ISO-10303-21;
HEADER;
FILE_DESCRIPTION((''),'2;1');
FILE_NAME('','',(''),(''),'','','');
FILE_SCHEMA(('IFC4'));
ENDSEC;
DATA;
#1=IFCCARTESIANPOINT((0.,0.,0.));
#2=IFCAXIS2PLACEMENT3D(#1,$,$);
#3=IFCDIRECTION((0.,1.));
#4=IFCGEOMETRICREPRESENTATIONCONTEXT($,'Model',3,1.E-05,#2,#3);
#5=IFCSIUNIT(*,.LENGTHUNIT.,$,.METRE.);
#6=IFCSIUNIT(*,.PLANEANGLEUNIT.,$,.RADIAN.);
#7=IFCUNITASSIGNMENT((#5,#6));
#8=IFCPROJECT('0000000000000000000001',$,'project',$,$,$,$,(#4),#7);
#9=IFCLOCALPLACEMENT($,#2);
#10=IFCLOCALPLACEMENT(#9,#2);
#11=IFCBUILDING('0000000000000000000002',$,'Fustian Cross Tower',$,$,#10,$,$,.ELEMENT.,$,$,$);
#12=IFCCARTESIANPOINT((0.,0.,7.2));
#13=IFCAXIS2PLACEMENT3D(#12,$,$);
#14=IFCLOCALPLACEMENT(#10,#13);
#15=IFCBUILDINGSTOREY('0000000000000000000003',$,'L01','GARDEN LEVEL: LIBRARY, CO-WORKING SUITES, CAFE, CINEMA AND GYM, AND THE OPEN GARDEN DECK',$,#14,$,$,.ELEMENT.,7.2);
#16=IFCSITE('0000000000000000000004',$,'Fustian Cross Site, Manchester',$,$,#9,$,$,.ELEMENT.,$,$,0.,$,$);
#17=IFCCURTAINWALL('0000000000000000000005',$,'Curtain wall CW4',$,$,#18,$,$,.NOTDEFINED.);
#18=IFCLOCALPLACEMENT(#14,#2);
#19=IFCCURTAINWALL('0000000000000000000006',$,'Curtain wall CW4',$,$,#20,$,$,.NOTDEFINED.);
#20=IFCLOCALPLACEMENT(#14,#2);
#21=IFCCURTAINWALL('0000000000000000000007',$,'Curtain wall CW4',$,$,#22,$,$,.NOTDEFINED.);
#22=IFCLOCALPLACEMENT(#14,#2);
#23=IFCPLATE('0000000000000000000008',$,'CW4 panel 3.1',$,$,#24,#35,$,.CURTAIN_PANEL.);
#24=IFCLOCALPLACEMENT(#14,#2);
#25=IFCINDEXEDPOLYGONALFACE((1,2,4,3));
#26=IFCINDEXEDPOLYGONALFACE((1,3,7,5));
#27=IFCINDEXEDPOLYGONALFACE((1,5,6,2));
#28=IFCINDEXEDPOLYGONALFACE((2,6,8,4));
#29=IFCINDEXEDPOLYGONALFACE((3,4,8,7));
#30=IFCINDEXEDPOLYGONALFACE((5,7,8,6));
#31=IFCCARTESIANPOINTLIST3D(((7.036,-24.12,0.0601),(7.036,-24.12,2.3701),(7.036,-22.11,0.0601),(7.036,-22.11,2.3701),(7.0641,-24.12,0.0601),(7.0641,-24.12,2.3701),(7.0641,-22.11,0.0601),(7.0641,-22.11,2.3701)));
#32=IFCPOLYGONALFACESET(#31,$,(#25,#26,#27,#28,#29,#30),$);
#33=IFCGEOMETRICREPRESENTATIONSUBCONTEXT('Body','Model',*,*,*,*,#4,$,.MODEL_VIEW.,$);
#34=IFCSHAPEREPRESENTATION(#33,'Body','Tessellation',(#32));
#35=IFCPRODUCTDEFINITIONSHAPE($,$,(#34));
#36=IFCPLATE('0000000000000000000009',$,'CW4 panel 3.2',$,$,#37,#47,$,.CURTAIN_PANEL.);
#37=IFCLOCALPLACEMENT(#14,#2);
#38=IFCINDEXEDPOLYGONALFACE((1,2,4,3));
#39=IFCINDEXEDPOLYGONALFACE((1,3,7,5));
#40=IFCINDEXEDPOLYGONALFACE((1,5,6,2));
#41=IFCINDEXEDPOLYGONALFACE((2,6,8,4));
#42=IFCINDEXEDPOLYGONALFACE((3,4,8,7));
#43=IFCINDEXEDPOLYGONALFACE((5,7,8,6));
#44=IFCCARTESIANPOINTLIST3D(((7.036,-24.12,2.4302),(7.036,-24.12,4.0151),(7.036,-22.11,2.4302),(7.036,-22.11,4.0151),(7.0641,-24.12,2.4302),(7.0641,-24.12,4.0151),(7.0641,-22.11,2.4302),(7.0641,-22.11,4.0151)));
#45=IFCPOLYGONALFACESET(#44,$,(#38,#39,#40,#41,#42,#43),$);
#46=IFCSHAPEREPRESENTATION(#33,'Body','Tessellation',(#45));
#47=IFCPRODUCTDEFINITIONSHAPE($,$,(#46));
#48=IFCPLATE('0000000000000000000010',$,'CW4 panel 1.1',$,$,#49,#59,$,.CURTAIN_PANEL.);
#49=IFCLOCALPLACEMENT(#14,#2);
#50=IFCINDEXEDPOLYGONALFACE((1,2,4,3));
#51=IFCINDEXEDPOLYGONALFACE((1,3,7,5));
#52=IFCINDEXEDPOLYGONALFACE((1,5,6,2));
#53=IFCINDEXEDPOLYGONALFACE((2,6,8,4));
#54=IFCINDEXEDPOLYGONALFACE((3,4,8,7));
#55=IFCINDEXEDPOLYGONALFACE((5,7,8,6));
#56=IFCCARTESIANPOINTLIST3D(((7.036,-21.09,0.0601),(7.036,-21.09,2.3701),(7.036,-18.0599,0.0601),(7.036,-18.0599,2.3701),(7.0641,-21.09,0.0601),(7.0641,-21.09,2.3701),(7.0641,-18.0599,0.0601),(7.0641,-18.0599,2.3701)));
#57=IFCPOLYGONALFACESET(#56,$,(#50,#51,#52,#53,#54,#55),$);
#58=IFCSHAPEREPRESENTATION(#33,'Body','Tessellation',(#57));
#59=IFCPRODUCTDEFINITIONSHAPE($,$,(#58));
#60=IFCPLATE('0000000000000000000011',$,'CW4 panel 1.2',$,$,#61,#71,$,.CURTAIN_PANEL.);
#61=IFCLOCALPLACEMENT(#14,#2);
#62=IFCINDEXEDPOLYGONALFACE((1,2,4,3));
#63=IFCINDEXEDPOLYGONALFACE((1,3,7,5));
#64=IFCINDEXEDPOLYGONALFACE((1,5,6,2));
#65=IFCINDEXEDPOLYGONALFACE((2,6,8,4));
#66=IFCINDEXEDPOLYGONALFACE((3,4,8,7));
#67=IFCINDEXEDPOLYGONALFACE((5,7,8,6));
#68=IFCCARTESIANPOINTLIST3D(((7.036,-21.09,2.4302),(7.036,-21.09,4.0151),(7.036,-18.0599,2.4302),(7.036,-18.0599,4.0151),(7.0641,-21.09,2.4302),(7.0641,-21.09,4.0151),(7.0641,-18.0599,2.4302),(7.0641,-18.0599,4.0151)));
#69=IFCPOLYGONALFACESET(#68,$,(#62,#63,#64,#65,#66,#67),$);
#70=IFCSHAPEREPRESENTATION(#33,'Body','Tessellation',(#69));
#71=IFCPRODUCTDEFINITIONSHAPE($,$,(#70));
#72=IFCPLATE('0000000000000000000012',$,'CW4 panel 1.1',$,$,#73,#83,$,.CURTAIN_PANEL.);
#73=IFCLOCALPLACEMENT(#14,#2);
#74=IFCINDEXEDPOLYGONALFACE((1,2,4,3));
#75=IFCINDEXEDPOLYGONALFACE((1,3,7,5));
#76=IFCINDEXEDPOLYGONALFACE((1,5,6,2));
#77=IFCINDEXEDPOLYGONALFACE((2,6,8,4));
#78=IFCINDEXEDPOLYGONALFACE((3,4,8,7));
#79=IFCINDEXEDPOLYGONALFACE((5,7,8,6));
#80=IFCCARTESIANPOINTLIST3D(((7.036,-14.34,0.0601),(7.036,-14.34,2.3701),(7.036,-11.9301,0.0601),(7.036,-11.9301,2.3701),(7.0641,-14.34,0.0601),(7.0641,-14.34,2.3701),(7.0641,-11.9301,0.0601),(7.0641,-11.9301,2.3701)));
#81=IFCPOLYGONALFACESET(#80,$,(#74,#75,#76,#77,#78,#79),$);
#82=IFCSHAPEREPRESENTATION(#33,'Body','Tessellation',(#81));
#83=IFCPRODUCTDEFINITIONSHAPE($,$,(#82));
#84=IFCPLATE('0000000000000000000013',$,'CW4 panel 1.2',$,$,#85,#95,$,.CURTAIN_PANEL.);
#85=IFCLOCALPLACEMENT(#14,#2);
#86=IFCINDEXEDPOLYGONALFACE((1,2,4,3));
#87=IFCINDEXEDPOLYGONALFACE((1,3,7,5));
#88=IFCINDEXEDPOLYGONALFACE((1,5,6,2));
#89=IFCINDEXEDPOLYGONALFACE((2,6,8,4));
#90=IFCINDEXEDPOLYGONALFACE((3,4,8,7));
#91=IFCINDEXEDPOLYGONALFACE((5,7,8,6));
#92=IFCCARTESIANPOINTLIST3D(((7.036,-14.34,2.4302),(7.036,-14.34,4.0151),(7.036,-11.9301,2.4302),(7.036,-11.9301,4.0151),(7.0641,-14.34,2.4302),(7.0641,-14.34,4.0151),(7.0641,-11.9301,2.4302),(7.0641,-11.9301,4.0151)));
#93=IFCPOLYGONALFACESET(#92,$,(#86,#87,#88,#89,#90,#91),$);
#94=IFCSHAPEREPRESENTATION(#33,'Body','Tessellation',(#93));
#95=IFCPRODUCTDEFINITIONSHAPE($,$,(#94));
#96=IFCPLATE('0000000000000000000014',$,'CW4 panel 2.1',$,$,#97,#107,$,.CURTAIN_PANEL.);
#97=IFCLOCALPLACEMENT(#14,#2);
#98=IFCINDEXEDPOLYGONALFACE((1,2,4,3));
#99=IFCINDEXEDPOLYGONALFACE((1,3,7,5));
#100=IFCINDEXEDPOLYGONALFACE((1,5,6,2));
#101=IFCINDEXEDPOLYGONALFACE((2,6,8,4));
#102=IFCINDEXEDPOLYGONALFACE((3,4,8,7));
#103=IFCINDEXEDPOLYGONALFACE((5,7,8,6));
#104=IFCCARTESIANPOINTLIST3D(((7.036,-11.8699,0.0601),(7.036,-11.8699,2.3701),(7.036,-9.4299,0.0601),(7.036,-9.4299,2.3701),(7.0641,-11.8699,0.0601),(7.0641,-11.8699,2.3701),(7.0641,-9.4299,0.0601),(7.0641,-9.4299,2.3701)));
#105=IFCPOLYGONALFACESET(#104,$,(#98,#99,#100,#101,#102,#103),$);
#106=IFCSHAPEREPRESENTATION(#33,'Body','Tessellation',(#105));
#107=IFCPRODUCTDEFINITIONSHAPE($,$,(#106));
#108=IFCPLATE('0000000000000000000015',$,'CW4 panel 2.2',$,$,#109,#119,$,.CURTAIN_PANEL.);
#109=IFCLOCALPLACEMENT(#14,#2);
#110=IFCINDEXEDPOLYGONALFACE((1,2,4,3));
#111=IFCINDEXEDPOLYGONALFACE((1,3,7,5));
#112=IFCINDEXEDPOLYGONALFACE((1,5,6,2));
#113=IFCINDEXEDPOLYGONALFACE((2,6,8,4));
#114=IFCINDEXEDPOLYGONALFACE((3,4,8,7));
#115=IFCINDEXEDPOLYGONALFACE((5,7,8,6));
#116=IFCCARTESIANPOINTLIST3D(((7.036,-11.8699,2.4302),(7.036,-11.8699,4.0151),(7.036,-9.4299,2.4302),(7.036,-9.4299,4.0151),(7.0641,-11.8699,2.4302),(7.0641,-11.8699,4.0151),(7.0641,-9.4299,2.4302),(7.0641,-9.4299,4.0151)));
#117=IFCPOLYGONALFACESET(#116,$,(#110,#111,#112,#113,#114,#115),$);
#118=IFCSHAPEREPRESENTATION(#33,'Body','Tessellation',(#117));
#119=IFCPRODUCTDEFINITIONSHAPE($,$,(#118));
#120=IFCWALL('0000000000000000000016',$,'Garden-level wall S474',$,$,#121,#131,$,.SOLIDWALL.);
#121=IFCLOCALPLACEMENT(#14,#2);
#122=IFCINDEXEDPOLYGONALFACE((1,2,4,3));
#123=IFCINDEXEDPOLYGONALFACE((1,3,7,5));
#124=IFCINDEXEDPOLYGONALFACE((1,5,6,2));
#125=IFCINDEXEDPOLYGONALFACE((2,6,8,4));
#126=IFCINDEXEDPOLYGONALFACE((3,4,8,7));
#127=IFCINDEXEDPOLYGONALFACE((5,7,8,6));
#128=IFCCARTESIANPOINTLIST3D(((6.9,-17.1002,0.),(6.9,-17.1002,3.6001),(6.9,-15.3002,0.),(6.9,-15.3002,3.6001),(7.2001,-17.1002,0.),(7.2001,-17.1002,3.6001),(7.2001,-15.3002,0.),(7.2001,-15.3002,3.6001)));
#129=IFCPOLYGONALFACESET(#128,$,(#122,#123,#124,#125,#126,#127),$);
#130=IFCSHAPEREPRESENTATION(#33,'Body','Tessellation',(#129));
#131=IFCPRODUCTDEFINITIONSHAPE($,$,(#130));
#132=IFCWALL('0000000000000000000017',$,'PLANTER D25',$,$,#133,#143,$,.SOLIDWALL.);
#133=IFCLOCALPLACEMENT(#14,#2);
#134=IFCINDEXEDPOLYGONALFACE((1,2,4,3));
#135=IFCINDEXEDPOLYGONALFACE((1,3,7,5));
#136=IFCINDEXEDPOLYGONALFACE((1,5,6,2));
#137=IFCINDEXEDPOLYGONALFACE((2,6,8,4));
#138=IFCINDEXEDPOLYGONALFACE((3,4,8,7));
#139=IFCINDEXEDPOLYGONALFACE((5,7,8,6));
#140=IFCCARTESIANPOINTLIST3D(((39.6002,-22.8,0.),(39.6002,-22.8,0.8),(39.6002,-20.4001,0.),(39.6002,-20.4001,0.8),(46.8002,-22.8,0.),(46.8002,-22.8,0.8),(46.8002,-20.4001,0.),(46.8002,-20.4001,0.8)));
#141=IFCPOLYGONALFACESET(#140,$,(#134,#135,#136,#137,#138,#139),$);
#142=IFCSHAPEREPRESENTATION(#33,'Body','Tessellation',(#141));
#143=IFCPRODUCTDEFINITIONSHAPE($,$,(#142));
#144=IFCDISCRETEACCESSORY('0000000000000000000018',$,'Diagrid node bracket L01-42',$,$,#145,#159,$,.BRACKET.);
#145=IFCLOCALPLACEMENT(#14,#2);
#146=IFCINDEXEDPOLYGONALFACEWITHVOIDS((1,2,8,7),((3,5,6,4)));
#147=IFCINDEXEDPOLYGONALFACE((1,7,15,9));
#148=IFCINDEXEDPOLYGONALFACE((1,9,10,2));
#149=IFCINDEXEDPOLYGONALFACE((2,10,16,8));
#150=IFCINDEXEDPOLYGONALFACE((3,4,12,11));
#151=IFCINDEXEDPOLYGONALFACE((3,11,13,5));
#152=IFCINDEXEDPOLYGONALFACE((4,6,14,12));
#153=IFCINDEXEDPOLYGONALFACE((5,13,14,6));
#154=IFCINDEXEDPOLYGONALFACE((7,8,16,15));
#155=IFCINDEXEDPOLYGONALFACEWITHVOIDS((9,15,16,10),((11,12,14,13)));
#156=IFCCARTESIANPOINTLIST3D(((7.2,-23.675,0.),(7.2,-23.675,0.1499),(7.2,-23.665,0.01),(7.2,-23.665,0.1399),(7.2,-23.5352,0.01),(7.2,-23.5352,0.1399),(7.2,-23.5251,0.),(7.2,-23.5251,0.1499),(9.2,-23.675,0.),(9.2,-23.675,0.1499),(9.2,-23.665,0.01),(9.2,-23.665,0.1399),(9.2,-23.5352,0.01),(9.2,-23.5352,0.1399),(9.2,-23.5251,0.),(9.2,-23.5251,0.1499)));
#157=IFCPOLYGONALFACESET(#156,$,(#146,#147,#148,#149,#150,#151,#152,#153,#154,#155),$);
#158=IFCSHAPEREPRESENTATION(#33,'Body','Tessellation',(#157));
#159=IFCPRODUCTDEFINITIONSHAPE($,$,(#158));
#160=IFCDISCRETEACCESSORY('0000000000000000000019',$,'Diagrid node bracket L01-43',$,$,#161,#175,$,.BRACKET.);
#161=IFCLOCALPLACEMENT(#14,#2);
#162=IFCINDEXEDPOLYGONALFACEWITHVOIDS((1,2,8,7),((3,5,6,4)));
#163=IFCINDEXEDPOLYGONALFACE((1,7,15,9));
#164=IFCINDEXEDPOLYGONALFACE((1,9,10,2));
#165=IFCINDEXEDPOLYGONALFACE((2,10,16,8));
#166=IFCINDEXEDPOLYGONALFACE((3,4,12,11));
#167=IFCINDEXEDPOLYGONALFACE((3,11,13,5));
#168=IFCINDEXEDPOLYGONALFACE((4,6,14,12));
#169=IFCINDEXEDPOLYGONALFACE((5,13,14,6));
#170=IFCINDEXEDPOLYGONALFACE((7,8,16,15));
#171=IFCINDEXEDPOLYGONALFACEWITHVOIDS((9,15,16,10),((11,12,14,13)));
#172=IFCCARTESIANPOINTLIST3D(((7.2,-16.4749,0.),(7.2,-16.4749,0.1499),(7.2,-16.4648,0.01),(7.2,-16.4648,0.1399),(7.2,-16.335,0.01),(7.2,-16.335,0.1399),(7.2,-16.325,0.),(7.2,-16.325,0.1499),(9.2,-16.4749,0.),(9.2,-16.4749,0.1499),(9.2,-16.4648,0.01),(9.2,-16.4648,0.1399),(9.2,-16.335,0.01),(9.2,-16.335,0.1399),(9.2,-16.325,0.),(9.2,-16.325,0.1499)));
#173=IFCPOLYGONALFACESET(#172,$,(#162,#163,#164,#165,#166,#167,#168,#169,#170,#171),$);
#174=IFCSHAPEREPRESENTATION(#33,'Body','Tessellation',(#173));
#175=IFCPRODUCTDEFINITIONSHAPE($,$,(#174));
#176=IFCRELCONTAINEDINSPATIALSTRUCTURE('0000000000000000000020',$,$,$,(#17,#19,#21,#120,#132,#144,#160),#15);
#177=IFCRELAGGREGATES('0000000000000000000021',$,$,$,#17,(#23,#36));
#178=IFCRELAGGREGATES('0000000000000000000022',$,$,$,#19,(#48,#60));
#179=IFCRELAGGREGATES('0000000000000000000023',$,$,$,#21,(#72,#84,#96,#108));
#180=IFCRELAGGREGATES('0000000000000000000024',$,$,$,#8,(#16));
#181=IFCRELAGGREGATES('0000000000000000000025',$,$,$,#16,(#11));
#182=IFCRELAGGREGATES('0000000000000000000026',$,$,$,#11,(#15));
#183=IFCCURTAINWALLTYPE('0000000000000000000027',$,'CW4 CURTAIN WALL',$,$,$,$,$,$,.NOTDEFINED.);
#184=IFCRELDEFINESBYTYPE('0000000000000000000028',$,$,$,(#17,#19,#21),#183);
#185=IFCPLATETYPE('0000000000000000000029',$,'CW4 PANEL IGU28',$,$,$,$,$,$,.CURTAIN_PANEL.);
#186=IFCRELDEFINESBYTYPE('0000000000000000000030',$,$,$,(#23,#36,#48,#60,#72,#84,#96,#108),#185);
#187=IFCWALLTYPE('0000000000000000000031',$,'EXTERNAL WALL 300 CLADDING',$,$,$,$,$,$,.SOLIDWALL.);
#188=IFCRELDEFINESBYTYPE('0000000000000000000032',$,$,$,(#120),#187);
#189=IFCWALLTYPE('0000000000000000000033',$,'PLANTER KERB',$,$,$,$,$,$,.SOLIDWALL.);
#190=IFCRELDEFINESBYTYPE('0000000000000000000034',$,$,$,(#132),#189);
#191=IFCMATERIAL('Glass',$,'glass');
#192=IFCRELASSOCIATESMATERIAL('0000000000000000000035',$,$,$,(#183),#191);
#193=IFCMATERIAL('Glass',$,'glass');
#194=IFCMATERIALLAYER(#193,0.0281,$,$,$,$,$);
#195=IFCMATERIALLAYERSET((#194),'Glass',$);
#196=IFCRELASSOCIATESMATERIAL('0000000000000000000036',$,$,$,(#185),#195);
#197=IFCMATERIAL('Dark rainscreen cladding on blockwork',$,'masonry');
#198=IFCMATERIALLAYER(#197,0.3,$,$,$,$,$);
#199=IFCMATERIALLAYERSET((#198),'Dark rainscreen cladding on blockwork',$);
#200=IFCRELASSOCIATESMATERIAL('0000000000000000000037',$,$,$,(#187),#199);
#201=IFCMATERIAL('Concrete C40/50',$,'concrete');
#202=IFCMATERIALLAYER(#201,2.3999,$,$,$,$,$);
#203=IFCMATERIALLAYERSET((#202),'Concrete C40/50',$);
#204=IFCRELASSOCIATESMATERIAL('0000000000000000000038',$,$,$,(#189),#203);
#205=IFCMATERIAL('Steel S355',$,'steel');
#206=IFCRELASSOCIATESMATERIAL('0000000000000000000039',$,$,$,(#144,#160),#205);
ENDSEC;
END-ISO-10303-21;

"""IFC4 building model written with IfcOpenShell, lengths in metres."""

from ifc_helpers import new_model, si_unit, direction, frame, frame_2d, origin, origin_2d, place, context, subcontext, project, spatial, rectangle, hollow_rectangle, extrude, material, layer, layer_set, type_object, element, aggregate, save


model = new_model("IFC4")

# Units and contexts
model_context = context("Model", 3, precision=1e-05, world=origin(), true_north=direction((0.0, 1.0)))
body_context = subcontext(model_context, "Body", "Model", "MODEL_VIEW")
ifc_project = project(units=[si_unit("LENGTHUNIT", "METRE"), si_unit("PLANEANGLEUNIT", "RADIAN")], contexts=[model_context])

# Site, building, storey
site_placement = place(None, origin())
site = spatial("IfcSite", under=ifc_project, at=site_placement, Name="Fustian Cross Site, Manchester", CompositionType="ELEMENT", RefElevation=0.0)
building_placement = place(site_placement, origin())
building = spatial("IfcBuilding", under=site, at=building_placement, Name="Fustian Cross Tower", CompositionType="ELEMENT")
storey_placement = place(building_placement, frame((0.0, 0.0, 7.2)))
storey = spatial("IfcBuildingStorey", under=building, at=storey_placement, Name="L01", Description="GARDEN LEVEL: LIBRARY, CO-WORKING SUITES, CAFE, CINEMA AND GYM, AND THE OPEN GARDEN DECK", CompositionType="ELEMENT", Elevation=7.2)

# Curtain wall
ifc_material_1 = material(Name="Glass", Category="glass")
curtain_wall_type = type_object("IfcCurtainWallType", Name="CW4 CURTAIN WALL", PredefinedType="NOTDEFINED", material=ifc_material_1)
curtain_wall_1_placement = place(storey_placement, origin())
curtain_wall_1 = element("IfcCurtainWall", 1, at=curtain_wall_1_placement, inside=storey, type_object=curtain_wall_type, Name="Curtain wall CW4", PredefinedType="NOTDEFINED")

# Curtain walls
curtain_wall_2_placement = place(storey_placement, origin())
curtain_wall_2 = element("IfcCurtainWall", 2, at=curtain_wall_2_placement, inside=storey, type_object=curtain_wall_type, Name="Curtain wall CW4", PredefinedType="NOTDEFINED")
curtain_wall_3_placement = place(storey_placement, origin())
curtain_wall_3 = element("IfcCurtainWall", 3, at=curtain_wall_3_placement, inside=storey, type_object=curtain_wall_type, Name="Curtain wall CW4", PredefinedType="NOTDEFINED")

# Plates
ifc_material_2 = material(Name="Glass", Category="glass")
ifc_layer_1 = layer(ifc_material_2, 0.0281)
ifc_layer_set_1 = layer_set([ifc_layer_1], Name="Glass")
plate_type = type_object("IfcPlateType", Name="CW4 PANEL IGU28", PredefinedType="CURTAIN_PANEL", material=ifc_layer_set_1)
plate_1_placement = place(storey_placement, frame((7.05, -23.115, 0.0601), z_axis=(0.0, 0.0, 1.0), x_axis=(0.0, 1.0, 0.0)))
plate_1 = element("IfcPlate", 4, at=plate_1_placement, type_object=plate_type, Name="CW4 panel 3.1", PredefinedType="CURTAIN_PANEL", context=body_context, shape_type="SweptSolid", body=[
    extrude(rectangle(XDim=2.01, YDim=0.0281, at=origin_2d()), origin(), (0.0, 0.0, 1.0), 2.3101),
])
plate_2_placement = place(storey_placement, frame((7.05, -23.115, 2.4302), z_axis=(0.0, 0.0, 1.0), x_axis=(0.0, 1.0, 0.0)))
plate_2 = element("IfcPlate", 5, at=plate_2_placement, type_object=plate_type, Name="CW4 panel 3.2", PredefinedType="CURTAIN_PANEL", context=body_context, shape_type="SweptSolid", body=[
    extrude(rectangle(XDim=2.01, YDim=0.0281, at=origin_2d()), origin(), (0.0, 0.0, 1.0), 1.585),
])
aggregate(curtain_wall_1, [plate_1, plate_2])
plate_3_placement = place(storey_placement, frame((7.05, -19.575, 0.0601), z_axis=(0.0, 0.0, 1.0), x_axis=(0.0, 1.0, 0.0)))
plate_3 = element("IfcPlate", 6, at=plate_3_placement, type_object=plate_type, Name="CW4 panel 1.1", PredefinedType="CURTAIN_PANEL", context=body_context, shape_type="SweptSolid", body=[
    extrude(rectangle(XDim=3.03, YDim=0.0281, at=origin_2d()), origin(), (0.0, 0.0, 1.0), 2.3101),
])
plate_4_placement = place(storey_placement, frame((7.05, -19.575, 2.4302), z_axis=(0.0, 0.0, 1.0), x_axis=(0.0, 1.0, 0.0)))
plate_4 = element("IfcPlate", 7, at=plate_4_placement, type_object=plate_type, Name="CW4 panel 1.2", PredefinedType="CURTAIN_PANEL", context=body_context, shape_type="SweptSolid", body=[
    extrude(rectangle(XDim=3.03, YDim=0.0281, at=origin_2d()), origin(), (0.0, 0.0, 1.0), 1.585),
])
aggregate(curtain_wall_2, [plate_3, plate_4])
plate_5_placement = place(storey_placement, frame((7.05, -13.135, 0.0601), z_axis=(0.0, 0.0, 1.0), x_axis=(0.0, 1.0, 0.0)))
plate_5 = element("IfcPlate", 8, at=plate_5_placement, type_object=plate_type, Name="CW4 panel 1.1", PredefinedType="CURTAIN_PANEL", context=body_context, shape_type="SweptSolid", body=[
    extrude(rectangle(XDim=2.4099, YDim=0.0281, at=origin_2d()), origin(), (0.0, 0.0, 1.0), 2.3101),
])
plate_6_placement = place(storey_placement, frame((7.05, -13.135, 2.4302), z_axis=(0.0, 0.0, 1.0), x_axis=(0.0, 1.0, 0.0)))
plate_6 = element("IfcPlate", 9, at=plate_6_placement, type_object=plate_type, Name="CW4 panel 1.2", PredefinedType="CURTAIN_PANEL", context=body_context, shape_type="SweptSolid", body=[
    extrude(rectangle(XDim=2.4099, YDim=0.0281, at=origin_2d()), origin(), (0.0, 0.0, 1.0), 1.585),
])
plate_7_placement = place(storey_placement, frame((7.05, -10.6499, 0.0601), z_axis=(0.0, 0.0, 1.0), x_axis=(0.0, 1.0, 0.0)))
plate_7 = element("IfcPlate", 10, at=plate_7_placement, type_object=plate_type, Name="CW4 panel 2.1", PredefinedType="CURTAIN_PANEL", context=body_context, shape_type="SweptSolid", body=[
    extrude(rectangle(XDim=2.4399, YDim=0.0281, at=origin_2d()), origin(), (0.0, 0.0, 1.0), 2.3101),
])
plate_8_placement = place(storey_placement, frame((7.05, -10.6499, 2.4302), z_axis=(0.0, 0.0, 1.0), x_axis=(0.0, 1.0, 0.0)))
plate_8 = element("IfcPlate", 11, at=plate_8_placement, type_object=plate_type, Name="CW4 panel 2.2", PredefinedType="CURTAIN_PANEL", context=body_context, shape_type="SweptSolid", body=[
    extrude(rectangle(XDim=2.4399, YDim=0.0281, at=origin_2d()), origin(), (0.0, 0.0, 1.0), 1.585),
])
aggregate(curtain_wall_3, [plate_5, plate_6, plate_7, plate_8])

# Walls
ifc_material_3 = material(Name="Dark rainscreen cladding on blockwork", Category="masonry")
ifc_layer_2 = layer(ifc_material_3, 0.3)
ifc_layer_set_2 = layer_set([ifc_layer_2], Name="Dark rainscreen cladding on blockwork")
wall_type_1 = type_object("IfcWallType", Name="EXTERNAL WALL 300 CLADDING", PredefinedType="SOLIDWALL", material=ifc_layer_set_2)
wall_1_placement = place(storey_placement, frame((7.05, -17.1001, 0.0), z_axis=(0.0, 0.0, 1.0), x_axis=(0.0, 1.0, 0.0)))
element("IfcWall", 12, at=wall_1_placement, inside=storey, type_object=wall_type_1, Name="Garden-level wall S474", PredefinedType="SOLIDWALL", context=body_context, shape_type="SweptSolid", body=[
    extrude(rectangle(XDim=1.8, YDim=0.3, at=frame_2d((0.8999, 0.0))), origin(), (0.0, 0.0, 1.0), 3.6001),
])
ifc_material_4 = material(Name="Concrete C40/50", Category="concrete")
ifc_layer_3 = layer(ifc_material_4, 2.3999)
ifc_layer_set_3 = layer_set([ifc_layer_3], Name="Concrete C40/50")
wall_type_2 = type_object("IfcWallType", Name="PLANTER KERB", PredefinedType="SOLIDWALL", material=ifc_layer_set_3)
wall_2_placement = place(storey_placement, frame((39.6001, -21.6001, 0.0), z_axis=(0.0, 0.0, 1.0), x_axis=(1.0, 0.0, 0.0)))
element("IfcWall", 13, at=wall_2_placement, inside=storey, type_object=wall_type_2, Name="PLANTER D25", PredefinedType="SOLIDWALL", context=body_context, shape_type="SweptSolid", body=[
    extrude(rectangle(XDim=7.2, YDim=2.3999, at=frame_2d((3.6001, 0.0))), origin(), (0.0, 0.0, 1.0), 0.8),
])

# Discrete accessories
ifc_material_5 = material(Name="Steel S355", Category="steel")
for number, where, z_axis, x_axis, name in (
    (14, (9.2, -23.6001, 0.075), (-1.0, 0.0, 0.0), (0.0, -1.0, 0.0), "Diagrid node bracket L01-42"),
    (15, (9.2, -16.3999, 0.075), (-1.0, 0.0, 0.0), (0.0, -1.0, 0.0), "Diagrid node bracket L01-43"),
):
    element("IfcDiscreteAccessory", number, at=place(storey_placement, frame(where, z_axis=z_axis, x_axis=x_axis)), inside=storey, material=ifc_material_5, Name=name, PredefinedType="BRACKET", context=body_context, shape_type="SweptSolid", body=[
        extrude(hollow_rectangle(XDim=0.1499, YDim=0.1499, WallThickness=0.01, at=origin_2d()), origin(), (0.0, 0.0, 1.0), 2.0),
    ])

save(model, "model.ifc")
